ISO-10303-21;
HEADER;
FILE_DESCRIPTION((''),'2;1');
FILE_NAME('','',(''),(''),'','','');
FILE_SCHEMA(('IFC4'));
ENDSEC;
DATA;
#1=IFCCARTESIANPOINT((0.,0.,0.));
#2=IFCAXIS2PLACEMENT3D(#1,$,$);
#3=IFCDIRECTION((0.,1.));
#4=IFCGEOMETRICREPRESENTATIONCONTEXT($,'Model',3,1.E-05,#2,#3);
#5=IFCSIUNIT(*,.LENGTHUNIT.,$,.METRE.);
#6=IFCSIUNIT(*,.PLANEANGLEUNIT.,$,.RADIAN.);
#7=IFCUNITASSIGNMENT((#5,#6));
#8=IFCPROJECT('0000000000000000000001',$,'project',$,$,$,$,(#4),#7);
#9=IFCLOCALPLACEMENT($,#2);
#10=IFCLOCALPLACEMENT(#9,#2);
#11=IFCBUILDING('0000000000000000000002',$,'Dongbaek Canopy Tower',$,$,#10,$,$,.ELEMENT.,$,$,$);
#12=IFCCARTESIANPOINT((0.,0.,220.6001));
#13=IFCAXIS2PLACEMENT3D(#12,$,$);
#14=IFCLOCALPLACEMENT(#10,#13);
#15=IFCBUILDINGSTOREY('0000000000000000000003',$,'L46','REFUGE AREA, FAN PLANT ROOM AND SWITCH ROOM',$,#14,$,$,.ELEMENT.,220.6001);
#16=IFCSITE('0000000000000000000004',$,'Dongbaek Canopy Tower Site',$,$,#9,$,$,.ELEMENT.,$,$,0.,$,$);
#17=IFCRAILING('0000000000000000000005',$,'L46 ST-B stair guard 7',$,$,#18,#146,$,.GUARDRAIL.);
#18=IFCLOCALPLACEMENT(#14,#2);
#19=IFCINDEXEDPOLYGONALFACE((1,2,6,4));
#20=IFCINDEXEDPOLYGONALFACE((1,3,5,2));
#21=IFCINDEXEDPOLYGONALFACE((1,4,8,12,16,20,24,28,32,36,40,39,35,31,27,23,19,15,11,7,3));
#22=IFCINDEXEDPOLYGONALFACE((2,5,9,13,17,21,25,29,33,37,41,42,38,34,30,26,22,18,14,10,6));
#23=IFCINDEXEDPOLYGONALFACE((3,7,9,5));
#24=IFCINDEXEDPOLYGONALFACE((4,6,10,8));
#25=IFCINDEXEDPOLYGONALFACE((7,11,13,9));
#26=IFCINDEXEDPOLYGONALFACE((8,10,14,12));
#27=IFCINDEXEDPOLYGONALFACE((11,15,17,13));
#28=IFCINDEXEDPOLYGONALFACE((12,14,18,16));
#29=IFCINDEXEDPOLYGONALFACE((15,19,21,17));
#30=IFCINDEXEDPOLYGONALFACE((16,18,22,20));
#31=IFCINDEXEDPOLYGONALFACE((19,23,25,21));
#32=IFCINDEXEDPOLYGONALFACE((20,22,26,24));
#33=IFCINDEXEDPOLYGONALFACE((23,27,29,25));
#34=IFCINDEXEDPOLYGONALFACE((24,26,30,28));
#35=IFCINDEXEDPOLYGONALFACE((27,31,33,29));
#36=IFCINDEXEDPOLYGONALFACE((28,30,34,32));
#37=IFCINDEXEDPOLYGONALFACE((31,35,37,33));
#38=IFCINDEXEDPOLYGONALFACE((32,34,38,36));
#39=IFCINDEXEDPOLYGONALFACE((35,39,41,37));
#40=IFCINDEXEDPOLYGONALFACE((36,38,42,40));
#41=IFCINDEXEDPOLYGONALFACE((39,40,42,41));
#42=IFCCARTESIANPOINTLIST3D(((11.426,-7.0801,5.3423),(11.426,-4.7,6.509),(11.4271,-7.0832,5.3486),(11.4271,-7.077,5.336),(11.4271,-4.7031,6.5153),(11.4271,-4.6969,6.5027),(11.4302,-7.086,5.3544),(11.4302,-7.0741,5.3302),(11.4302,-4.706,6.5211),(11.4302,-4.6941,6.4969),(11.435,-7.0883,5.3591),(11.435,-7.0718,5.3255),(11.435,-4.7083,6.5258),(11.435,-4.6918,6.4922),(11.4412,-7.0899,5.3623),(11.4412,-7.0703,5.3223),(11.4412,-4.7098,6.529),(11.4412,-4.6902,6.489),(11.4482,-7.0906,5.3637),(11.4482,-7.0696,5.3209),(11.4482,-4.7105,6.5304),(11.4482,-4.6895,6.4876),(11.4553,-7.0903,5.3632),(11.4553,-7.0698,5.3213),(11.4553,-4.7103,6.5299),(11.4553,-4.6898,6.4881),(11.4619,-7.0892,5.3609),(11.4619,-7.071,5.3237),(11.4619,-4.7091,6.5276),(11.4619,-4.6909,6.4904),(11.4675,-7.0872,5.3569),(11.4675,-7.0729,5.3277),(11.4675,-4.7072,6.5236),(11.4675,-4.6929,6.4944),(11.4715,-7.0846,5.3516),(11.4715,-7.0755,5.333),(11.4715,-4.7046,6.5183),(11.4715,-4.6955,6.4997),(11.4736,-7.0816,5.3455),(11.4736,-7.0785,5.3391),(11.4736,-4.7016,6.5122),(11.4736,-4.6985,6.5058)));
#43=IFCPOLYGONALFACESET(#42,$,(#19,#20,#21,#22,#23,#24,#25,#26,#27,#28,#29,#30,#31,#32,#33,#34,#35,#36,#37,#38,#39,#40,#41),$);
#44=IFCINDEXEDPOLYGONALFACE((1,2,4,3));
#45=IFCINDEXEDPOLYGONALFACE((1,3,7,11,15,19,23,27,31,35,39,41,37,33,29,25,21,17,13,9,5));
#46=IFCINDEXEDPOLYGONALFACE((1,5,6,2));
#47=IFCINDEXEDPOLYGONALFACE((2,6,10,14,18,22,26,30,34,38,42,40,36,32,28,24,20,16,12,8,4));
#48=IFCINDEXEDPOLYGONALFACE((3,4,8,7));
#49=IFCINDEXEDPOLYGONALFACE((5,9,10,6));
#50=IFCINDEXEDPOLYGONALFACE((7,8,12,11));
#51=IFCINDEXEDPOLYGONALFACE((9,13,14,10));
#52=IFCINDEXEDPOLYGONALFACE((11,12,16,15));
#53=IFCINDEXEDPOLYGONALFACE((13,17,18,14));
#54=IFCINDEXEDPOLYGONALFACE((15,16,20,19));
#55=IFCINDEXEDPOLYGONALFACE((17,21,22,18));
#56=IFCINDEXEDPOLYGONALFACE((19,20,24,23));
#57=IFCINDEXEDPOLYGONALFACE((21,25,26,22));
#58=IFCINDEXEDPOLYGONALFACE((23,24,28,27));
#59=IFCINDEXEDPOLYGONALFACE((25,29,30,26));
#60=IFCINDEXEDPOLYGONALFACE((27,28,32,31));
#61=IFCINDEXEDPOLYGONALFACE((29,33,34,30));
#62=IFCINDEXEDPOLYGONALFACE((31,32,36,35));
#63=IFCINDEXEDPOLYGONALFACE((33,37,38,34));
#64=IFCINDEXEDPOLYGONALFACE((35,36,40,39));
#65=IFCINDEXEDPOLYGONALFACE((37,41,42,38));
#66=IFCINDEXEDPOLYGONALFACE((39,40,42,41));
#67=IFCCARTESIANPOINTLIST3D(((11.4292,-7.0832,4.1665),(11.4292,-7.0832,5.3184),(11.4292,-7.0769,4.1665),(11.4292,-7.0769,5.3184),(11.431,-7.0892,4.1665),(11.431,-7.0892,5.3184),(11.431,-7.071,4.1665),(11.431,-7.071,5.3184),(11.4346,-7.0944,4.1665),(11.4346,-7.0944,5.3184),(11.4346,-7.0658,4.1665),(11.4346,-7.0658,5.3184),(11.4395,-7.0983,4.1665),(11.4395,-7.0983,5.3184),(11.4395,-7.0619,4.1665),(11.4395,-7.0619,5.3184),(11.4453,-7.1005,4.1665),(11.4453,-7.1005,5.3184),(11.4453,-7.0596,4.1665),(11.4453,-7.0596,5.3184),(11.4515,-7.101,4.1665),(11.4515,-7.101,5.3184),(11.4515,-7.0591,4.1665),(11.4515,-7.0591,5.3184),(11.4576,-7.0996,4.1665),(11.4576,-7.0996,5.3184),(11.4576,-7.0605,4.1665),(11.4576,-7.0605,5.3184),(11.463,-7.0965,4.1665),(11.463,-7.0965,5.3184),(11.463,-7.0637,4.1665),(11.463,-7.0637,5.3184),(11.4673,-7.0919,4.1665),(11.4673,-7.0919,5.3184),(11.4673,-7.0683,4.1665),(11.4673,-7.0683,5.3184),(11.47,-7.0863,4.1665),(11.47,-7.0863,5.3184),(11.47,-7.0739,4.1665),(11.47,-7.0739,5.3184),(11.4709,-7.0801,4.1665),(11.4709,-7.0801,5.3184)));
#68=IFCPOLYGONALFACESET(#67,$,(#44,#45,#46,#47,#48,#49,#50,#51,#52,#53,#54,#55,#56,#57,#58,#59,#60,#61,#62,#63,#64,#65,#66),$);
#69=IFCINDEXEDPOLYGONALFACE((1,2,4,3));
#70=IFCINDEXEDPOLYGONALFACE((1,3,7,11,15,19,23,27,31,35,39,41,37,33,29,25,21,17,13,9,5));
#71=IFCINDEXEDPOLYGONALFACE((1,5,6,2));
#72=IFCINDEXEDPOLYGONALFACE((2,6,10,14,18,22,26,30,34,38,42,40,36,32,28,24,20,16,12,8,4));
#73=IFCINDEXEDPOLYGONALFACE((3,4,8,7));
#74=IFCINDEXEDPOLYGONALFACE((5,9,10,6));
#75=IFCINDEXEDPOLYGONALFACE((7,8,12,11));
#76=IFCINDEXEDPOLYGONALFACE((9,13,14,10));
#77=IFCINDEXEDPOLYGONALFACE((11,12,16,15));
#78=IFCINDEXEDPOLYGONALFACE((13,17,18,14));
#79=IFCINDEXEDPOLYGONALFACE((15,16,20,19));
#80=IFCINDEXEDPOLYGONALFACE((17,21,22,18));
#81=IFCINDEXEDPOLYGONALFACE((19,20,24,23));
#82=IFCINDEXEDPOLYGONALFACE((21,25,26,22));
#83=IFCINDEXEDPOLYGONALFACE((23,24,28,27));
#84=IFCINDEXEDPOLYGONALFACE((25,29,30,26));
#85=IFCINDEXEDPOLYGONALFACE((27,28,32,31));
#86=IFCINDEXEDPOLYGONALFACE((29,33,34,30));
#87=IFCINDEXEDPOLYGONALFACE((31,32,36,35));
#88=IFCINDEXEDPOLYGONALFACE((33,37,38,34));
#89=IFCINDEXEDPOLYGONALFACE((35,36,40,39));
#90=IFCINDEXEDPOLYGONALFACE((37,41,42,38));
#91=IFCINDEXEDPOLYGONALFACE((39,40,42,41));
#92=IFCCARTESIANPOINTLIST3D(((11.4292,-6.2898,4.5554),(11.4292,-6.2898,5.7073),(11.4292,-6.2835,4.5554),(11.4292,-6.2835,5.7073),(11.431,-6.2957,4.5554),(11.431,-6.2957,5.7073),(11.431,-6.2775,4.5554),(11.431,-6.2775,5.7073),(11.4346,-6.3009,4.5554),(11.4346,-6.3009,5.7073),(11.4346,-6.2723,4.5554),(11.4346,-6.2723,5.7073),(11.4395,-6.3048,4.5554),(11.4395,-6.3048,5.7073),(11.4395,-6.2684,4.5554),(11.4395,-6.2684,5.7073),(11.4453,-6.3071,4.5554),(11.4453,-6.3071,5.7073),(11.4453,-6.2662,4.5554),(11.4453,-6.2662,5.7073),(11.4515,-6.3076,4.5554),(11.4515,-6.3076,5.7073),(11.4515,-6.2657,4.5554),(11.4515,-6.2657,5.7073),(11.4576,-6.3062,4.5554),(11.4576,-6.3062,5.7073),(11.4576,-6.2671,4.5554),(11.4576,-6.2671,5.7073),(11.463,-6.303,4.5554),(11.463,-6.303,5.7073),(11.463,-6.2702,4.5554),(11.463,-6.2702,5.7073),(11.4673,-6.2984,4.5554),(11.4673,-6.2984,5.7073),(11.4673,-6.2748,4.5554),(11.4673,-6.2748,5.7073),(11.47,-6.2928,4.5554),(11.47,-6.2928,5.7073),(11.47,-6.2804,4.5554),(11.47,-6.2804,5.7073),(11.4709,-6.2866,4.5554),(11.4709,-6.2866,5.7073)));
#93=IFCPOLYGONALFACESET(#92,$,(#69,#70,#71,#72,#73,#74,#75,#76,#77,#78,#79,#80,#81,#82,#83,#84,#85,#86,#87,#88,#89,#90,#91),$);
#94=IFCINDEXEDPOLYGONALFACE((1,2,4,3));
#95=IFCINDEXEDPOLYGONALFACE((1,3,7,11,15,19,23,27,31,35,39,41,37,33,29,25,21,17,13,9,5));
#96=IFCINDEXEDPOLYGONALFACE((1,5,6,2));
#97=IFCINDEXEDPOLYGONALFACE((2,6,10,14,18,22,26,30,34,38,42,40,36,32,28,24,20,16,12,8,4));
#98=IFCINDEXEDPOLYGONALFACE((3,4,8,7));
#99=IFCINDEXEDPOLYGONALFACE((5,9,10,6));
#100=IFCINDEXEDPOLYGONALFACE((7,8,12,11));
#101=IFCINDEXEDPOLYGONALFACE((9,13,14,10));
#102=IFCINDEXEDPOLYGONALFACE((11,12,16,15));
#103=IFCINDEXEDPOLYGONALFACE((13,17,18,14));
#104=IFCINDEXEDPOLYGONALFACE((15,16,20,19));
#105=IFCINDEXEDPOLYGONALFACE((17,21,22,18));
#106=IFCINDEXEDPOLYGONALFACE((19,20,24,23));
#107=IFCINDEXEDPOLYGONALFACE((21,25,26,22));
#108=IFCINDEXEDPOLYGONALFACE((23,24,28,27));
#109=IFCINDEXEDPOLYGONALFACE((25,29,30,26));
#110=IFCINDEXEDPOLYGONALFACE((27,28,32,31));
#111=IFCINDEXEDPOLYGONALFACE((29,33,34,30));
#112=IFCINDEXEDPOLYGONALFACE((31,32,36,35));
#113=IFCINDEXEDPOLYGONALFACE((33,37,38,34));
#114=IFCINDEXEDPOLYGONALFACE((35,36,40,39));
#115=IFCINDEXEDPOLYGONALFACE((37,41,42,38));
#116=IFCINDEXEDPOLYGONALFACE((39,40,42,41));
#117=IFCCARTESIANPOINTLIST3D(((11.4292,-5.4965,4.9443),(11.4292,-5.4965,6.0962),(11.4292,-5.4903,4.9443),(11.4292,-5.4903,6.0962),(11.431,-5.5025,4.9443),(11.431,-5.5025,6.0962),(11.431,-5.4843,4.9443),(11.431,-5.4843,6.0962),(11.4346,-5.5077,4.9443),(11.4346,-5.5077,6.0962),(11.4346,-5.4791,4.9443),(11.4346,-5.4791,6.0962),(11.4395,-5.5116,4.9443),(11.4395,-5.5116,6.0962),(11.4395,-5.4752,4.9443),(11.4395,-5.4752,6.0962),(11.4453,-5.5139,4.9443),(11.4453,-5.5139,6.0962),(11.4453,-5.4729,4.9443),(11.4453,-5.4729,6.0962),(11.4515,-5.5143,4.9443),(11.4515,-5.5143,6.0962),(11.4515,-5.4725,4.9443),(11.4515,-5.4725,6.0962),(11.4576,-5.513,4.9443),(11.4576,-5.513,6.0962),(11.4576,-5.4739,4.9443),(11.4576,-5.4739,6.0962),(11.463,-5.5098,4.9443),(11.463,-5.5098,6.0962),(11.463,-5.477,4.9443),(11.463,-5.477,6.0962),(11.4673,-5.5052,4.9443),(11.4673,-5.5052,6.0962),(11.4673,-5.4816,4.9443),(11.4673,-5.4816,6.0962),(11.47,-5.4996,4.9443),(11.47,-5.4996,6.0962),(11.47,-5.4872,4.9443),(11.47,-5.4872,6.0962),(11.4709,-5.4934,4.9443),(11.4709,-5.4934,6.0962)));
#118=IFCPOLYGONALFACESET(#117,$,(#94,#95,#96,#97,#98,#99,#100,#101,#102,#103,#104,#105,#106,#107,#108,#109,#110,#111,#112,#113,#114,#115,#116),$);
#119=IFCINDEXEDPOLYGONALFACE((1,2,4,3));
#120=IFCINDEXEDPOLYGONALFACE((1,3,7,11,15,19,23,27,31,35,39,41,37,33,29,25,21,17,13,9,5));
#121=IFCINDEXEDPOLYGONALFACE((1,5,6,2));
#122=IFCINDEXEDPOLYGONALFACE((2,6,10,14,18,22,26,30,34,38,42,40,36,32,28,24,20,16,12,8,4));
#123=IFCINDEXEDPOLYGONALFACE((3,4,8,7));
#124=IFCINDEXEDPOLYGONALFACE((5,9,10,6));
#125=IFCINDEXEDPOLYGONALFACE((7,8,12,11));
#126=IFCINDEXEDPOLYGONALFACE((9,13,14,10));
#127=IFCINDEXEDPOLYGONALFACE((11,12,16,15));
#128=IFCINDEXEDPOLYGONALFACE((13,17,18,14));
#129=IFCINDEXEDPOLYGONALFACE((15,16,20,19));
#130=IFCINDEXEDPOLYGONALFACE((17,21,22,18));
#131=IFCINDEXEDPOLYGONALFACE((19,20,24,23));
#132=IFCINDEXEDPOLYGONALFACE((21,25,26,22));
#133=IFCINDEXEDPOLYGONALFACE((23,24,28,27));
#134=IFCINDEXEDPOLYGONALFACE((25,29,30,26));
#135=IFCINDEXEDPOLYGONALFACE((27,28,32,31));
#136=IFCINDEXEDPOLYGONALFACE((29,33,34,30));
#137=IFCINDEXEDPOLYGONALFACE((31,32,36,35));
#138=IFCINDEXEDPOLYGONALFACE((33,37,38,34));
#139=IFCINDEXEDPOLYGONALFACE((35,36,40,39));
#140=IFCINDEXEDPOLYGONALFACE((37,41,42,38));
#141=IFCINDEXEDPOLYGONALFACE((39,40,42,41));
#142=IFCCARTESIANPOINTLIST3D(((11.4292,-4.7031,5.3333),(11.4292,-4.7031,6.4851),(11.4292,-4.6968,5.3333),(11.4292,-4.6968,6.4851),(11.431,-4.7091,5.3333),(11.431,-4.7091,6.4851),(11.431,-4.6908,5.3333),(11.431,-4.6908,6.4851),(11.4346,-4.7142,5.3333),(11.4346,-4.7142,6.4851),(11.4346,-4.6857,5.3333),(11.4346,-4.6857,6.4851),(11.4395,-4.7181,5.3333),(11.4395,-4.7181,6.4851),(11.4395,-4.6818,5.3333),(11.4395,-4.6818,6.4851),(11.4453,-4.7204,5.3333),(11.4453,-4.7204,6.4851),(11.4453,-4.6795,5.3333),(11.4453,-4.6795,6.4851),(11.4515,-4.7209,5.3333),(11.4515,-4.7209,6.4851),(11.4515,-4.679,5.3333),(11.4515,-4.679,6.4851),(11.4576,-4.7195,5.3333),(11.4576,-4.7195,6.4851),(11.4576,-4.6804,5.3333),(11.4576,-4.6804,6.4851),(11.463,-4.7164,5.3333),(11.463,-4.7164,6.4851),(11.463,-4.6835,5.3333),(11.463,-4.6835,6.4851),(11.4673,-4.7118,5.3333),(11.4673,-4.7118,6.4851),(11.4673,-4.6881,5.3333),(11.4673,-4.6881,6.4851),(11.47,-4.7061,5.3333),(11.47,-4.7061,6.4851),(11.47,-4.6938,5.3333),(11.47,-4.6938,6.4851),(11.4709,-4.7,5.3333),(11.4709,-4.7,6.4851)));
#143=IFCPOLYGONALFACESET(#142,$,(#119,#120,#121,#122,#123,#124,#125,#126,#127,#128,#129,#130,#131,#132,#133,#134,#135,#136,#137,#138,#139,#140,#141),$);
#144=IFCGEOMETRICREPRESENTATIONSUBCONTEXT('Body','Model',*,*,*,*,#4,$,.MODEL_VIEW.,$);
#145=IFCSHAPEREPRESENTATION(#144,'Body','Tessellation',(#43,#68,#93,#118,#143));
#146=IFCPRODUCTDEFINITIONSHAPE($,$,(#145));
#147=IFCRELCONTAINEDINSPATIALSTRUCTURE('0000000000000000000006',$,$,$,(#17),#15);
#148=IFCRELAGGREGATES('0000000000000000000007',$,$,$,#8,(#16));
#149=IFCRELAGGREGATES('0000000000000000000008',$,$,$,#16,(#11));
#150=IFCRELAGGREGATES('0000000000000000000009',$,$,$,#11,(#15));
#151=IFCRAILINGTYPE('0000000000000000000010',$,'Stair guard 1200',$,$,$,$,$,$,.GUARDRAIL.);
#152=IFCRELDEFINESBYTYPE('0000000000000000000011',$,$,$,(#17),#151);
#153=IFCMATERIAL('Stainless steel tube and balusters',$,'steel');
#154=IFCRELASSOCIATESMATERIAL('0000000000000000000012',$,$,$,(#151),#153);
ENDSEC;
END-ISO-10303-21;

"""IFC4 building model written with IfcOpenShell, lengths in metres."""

from ifc_helpers import new_model, si_unit, direction, frame, origin, origin_2d, place, context, subcontext, project, spatial, circle, extrude, material, type_object, element, save


model = new_model("IFC4")

# Units and contexts
model_context = context("Model", 3, precision=1e-05, world=origin(), true_north=direction((0.0, 1.0)))
body_context = subcontext(model_context, "Body", "Model", "MODEL_VIEW")
ifc_project = project(units=[si_unit("LENGTHUNIT", "METRE"), si_unit("PLANEANGLEUNIT", "RADIAN")], contexts=[model_context])

# Site, building, storey
site_placement = place(None, origin())
site = spatial("IfcSite", under=ifc_project, at=site_placement, Name="Dongbaek Canopy Tower Site", CompositionType="ELEMENT", RefElevation=0.0)
building_placement = place(site_placement, origin())
building = spatial("IfcBuilding", under=site, at=building_placement, Name="Dongbaek Canopy Tower", CompositionType="ELEMENT")
storey_placement = place(building_placement, frame((0.0, 0.0, 220.6001)))
storey = spatial("IfcBuildingStorey", under=building, at=storey_placement, Name="L46", Description="REFUGE AREA, FAN PLANT ROOM AND SWITCH ROOM", CompositionType="ELEMENT", Elevation=220.6001)

# Railing
ifc_material_1 = material(Name="Stainless steel tube and balusters", Category="steel")
railing_type = type_object("IfcRailingType", Name="Stair guard 1200", PredefinedType="GUARDRAIL", material=ifc_material_1)
railing_1_placement = place(storey_placement, frame((11.45, -7.0801, 4.1665)))
element("IfcRailing", 1, at=railing_1_placement, inside=storey, type_object=railing_type, Name="L46 ST-B stair guard 7", PredefinedType="GUARDRAIL", context=body_context, shape_type="SweptSolid", body=[
    extrude(circle(Radius=0.0239, at=origin_2d()), frame((0.0, 0.0, 1.1758), z_axis=(0.0, 0.897918, 0.440163), x_axis=(-1.0, 0.0, 0.0)), (0.0, 0.0, 1.0), 2.6506),
    extrude(circle(Radius=0.021, at=origin_2d()), origin(), (0.0, 0.0, 1.0), 1.1519),
    extrude(circle(Radius=0.021, at=origin_2d()), frame((0.0, 0.7935, 0.3889)), (0.0, 0.0, 1.0), 1.1519),
    extrude(circle(Radius=0.021, at=origin_2d()), frame((0.0, 1.5867, 0.7778)), (0.0, 0.0, 1.0), 1.1519),
    extrude(circle(Radius=0.021, at=origin_2d()), frame((0.0, 2.3801, 1.1667)), (0.0, 0.0, 1.0), 1.1519),
])

save(model, "model.ifc")
